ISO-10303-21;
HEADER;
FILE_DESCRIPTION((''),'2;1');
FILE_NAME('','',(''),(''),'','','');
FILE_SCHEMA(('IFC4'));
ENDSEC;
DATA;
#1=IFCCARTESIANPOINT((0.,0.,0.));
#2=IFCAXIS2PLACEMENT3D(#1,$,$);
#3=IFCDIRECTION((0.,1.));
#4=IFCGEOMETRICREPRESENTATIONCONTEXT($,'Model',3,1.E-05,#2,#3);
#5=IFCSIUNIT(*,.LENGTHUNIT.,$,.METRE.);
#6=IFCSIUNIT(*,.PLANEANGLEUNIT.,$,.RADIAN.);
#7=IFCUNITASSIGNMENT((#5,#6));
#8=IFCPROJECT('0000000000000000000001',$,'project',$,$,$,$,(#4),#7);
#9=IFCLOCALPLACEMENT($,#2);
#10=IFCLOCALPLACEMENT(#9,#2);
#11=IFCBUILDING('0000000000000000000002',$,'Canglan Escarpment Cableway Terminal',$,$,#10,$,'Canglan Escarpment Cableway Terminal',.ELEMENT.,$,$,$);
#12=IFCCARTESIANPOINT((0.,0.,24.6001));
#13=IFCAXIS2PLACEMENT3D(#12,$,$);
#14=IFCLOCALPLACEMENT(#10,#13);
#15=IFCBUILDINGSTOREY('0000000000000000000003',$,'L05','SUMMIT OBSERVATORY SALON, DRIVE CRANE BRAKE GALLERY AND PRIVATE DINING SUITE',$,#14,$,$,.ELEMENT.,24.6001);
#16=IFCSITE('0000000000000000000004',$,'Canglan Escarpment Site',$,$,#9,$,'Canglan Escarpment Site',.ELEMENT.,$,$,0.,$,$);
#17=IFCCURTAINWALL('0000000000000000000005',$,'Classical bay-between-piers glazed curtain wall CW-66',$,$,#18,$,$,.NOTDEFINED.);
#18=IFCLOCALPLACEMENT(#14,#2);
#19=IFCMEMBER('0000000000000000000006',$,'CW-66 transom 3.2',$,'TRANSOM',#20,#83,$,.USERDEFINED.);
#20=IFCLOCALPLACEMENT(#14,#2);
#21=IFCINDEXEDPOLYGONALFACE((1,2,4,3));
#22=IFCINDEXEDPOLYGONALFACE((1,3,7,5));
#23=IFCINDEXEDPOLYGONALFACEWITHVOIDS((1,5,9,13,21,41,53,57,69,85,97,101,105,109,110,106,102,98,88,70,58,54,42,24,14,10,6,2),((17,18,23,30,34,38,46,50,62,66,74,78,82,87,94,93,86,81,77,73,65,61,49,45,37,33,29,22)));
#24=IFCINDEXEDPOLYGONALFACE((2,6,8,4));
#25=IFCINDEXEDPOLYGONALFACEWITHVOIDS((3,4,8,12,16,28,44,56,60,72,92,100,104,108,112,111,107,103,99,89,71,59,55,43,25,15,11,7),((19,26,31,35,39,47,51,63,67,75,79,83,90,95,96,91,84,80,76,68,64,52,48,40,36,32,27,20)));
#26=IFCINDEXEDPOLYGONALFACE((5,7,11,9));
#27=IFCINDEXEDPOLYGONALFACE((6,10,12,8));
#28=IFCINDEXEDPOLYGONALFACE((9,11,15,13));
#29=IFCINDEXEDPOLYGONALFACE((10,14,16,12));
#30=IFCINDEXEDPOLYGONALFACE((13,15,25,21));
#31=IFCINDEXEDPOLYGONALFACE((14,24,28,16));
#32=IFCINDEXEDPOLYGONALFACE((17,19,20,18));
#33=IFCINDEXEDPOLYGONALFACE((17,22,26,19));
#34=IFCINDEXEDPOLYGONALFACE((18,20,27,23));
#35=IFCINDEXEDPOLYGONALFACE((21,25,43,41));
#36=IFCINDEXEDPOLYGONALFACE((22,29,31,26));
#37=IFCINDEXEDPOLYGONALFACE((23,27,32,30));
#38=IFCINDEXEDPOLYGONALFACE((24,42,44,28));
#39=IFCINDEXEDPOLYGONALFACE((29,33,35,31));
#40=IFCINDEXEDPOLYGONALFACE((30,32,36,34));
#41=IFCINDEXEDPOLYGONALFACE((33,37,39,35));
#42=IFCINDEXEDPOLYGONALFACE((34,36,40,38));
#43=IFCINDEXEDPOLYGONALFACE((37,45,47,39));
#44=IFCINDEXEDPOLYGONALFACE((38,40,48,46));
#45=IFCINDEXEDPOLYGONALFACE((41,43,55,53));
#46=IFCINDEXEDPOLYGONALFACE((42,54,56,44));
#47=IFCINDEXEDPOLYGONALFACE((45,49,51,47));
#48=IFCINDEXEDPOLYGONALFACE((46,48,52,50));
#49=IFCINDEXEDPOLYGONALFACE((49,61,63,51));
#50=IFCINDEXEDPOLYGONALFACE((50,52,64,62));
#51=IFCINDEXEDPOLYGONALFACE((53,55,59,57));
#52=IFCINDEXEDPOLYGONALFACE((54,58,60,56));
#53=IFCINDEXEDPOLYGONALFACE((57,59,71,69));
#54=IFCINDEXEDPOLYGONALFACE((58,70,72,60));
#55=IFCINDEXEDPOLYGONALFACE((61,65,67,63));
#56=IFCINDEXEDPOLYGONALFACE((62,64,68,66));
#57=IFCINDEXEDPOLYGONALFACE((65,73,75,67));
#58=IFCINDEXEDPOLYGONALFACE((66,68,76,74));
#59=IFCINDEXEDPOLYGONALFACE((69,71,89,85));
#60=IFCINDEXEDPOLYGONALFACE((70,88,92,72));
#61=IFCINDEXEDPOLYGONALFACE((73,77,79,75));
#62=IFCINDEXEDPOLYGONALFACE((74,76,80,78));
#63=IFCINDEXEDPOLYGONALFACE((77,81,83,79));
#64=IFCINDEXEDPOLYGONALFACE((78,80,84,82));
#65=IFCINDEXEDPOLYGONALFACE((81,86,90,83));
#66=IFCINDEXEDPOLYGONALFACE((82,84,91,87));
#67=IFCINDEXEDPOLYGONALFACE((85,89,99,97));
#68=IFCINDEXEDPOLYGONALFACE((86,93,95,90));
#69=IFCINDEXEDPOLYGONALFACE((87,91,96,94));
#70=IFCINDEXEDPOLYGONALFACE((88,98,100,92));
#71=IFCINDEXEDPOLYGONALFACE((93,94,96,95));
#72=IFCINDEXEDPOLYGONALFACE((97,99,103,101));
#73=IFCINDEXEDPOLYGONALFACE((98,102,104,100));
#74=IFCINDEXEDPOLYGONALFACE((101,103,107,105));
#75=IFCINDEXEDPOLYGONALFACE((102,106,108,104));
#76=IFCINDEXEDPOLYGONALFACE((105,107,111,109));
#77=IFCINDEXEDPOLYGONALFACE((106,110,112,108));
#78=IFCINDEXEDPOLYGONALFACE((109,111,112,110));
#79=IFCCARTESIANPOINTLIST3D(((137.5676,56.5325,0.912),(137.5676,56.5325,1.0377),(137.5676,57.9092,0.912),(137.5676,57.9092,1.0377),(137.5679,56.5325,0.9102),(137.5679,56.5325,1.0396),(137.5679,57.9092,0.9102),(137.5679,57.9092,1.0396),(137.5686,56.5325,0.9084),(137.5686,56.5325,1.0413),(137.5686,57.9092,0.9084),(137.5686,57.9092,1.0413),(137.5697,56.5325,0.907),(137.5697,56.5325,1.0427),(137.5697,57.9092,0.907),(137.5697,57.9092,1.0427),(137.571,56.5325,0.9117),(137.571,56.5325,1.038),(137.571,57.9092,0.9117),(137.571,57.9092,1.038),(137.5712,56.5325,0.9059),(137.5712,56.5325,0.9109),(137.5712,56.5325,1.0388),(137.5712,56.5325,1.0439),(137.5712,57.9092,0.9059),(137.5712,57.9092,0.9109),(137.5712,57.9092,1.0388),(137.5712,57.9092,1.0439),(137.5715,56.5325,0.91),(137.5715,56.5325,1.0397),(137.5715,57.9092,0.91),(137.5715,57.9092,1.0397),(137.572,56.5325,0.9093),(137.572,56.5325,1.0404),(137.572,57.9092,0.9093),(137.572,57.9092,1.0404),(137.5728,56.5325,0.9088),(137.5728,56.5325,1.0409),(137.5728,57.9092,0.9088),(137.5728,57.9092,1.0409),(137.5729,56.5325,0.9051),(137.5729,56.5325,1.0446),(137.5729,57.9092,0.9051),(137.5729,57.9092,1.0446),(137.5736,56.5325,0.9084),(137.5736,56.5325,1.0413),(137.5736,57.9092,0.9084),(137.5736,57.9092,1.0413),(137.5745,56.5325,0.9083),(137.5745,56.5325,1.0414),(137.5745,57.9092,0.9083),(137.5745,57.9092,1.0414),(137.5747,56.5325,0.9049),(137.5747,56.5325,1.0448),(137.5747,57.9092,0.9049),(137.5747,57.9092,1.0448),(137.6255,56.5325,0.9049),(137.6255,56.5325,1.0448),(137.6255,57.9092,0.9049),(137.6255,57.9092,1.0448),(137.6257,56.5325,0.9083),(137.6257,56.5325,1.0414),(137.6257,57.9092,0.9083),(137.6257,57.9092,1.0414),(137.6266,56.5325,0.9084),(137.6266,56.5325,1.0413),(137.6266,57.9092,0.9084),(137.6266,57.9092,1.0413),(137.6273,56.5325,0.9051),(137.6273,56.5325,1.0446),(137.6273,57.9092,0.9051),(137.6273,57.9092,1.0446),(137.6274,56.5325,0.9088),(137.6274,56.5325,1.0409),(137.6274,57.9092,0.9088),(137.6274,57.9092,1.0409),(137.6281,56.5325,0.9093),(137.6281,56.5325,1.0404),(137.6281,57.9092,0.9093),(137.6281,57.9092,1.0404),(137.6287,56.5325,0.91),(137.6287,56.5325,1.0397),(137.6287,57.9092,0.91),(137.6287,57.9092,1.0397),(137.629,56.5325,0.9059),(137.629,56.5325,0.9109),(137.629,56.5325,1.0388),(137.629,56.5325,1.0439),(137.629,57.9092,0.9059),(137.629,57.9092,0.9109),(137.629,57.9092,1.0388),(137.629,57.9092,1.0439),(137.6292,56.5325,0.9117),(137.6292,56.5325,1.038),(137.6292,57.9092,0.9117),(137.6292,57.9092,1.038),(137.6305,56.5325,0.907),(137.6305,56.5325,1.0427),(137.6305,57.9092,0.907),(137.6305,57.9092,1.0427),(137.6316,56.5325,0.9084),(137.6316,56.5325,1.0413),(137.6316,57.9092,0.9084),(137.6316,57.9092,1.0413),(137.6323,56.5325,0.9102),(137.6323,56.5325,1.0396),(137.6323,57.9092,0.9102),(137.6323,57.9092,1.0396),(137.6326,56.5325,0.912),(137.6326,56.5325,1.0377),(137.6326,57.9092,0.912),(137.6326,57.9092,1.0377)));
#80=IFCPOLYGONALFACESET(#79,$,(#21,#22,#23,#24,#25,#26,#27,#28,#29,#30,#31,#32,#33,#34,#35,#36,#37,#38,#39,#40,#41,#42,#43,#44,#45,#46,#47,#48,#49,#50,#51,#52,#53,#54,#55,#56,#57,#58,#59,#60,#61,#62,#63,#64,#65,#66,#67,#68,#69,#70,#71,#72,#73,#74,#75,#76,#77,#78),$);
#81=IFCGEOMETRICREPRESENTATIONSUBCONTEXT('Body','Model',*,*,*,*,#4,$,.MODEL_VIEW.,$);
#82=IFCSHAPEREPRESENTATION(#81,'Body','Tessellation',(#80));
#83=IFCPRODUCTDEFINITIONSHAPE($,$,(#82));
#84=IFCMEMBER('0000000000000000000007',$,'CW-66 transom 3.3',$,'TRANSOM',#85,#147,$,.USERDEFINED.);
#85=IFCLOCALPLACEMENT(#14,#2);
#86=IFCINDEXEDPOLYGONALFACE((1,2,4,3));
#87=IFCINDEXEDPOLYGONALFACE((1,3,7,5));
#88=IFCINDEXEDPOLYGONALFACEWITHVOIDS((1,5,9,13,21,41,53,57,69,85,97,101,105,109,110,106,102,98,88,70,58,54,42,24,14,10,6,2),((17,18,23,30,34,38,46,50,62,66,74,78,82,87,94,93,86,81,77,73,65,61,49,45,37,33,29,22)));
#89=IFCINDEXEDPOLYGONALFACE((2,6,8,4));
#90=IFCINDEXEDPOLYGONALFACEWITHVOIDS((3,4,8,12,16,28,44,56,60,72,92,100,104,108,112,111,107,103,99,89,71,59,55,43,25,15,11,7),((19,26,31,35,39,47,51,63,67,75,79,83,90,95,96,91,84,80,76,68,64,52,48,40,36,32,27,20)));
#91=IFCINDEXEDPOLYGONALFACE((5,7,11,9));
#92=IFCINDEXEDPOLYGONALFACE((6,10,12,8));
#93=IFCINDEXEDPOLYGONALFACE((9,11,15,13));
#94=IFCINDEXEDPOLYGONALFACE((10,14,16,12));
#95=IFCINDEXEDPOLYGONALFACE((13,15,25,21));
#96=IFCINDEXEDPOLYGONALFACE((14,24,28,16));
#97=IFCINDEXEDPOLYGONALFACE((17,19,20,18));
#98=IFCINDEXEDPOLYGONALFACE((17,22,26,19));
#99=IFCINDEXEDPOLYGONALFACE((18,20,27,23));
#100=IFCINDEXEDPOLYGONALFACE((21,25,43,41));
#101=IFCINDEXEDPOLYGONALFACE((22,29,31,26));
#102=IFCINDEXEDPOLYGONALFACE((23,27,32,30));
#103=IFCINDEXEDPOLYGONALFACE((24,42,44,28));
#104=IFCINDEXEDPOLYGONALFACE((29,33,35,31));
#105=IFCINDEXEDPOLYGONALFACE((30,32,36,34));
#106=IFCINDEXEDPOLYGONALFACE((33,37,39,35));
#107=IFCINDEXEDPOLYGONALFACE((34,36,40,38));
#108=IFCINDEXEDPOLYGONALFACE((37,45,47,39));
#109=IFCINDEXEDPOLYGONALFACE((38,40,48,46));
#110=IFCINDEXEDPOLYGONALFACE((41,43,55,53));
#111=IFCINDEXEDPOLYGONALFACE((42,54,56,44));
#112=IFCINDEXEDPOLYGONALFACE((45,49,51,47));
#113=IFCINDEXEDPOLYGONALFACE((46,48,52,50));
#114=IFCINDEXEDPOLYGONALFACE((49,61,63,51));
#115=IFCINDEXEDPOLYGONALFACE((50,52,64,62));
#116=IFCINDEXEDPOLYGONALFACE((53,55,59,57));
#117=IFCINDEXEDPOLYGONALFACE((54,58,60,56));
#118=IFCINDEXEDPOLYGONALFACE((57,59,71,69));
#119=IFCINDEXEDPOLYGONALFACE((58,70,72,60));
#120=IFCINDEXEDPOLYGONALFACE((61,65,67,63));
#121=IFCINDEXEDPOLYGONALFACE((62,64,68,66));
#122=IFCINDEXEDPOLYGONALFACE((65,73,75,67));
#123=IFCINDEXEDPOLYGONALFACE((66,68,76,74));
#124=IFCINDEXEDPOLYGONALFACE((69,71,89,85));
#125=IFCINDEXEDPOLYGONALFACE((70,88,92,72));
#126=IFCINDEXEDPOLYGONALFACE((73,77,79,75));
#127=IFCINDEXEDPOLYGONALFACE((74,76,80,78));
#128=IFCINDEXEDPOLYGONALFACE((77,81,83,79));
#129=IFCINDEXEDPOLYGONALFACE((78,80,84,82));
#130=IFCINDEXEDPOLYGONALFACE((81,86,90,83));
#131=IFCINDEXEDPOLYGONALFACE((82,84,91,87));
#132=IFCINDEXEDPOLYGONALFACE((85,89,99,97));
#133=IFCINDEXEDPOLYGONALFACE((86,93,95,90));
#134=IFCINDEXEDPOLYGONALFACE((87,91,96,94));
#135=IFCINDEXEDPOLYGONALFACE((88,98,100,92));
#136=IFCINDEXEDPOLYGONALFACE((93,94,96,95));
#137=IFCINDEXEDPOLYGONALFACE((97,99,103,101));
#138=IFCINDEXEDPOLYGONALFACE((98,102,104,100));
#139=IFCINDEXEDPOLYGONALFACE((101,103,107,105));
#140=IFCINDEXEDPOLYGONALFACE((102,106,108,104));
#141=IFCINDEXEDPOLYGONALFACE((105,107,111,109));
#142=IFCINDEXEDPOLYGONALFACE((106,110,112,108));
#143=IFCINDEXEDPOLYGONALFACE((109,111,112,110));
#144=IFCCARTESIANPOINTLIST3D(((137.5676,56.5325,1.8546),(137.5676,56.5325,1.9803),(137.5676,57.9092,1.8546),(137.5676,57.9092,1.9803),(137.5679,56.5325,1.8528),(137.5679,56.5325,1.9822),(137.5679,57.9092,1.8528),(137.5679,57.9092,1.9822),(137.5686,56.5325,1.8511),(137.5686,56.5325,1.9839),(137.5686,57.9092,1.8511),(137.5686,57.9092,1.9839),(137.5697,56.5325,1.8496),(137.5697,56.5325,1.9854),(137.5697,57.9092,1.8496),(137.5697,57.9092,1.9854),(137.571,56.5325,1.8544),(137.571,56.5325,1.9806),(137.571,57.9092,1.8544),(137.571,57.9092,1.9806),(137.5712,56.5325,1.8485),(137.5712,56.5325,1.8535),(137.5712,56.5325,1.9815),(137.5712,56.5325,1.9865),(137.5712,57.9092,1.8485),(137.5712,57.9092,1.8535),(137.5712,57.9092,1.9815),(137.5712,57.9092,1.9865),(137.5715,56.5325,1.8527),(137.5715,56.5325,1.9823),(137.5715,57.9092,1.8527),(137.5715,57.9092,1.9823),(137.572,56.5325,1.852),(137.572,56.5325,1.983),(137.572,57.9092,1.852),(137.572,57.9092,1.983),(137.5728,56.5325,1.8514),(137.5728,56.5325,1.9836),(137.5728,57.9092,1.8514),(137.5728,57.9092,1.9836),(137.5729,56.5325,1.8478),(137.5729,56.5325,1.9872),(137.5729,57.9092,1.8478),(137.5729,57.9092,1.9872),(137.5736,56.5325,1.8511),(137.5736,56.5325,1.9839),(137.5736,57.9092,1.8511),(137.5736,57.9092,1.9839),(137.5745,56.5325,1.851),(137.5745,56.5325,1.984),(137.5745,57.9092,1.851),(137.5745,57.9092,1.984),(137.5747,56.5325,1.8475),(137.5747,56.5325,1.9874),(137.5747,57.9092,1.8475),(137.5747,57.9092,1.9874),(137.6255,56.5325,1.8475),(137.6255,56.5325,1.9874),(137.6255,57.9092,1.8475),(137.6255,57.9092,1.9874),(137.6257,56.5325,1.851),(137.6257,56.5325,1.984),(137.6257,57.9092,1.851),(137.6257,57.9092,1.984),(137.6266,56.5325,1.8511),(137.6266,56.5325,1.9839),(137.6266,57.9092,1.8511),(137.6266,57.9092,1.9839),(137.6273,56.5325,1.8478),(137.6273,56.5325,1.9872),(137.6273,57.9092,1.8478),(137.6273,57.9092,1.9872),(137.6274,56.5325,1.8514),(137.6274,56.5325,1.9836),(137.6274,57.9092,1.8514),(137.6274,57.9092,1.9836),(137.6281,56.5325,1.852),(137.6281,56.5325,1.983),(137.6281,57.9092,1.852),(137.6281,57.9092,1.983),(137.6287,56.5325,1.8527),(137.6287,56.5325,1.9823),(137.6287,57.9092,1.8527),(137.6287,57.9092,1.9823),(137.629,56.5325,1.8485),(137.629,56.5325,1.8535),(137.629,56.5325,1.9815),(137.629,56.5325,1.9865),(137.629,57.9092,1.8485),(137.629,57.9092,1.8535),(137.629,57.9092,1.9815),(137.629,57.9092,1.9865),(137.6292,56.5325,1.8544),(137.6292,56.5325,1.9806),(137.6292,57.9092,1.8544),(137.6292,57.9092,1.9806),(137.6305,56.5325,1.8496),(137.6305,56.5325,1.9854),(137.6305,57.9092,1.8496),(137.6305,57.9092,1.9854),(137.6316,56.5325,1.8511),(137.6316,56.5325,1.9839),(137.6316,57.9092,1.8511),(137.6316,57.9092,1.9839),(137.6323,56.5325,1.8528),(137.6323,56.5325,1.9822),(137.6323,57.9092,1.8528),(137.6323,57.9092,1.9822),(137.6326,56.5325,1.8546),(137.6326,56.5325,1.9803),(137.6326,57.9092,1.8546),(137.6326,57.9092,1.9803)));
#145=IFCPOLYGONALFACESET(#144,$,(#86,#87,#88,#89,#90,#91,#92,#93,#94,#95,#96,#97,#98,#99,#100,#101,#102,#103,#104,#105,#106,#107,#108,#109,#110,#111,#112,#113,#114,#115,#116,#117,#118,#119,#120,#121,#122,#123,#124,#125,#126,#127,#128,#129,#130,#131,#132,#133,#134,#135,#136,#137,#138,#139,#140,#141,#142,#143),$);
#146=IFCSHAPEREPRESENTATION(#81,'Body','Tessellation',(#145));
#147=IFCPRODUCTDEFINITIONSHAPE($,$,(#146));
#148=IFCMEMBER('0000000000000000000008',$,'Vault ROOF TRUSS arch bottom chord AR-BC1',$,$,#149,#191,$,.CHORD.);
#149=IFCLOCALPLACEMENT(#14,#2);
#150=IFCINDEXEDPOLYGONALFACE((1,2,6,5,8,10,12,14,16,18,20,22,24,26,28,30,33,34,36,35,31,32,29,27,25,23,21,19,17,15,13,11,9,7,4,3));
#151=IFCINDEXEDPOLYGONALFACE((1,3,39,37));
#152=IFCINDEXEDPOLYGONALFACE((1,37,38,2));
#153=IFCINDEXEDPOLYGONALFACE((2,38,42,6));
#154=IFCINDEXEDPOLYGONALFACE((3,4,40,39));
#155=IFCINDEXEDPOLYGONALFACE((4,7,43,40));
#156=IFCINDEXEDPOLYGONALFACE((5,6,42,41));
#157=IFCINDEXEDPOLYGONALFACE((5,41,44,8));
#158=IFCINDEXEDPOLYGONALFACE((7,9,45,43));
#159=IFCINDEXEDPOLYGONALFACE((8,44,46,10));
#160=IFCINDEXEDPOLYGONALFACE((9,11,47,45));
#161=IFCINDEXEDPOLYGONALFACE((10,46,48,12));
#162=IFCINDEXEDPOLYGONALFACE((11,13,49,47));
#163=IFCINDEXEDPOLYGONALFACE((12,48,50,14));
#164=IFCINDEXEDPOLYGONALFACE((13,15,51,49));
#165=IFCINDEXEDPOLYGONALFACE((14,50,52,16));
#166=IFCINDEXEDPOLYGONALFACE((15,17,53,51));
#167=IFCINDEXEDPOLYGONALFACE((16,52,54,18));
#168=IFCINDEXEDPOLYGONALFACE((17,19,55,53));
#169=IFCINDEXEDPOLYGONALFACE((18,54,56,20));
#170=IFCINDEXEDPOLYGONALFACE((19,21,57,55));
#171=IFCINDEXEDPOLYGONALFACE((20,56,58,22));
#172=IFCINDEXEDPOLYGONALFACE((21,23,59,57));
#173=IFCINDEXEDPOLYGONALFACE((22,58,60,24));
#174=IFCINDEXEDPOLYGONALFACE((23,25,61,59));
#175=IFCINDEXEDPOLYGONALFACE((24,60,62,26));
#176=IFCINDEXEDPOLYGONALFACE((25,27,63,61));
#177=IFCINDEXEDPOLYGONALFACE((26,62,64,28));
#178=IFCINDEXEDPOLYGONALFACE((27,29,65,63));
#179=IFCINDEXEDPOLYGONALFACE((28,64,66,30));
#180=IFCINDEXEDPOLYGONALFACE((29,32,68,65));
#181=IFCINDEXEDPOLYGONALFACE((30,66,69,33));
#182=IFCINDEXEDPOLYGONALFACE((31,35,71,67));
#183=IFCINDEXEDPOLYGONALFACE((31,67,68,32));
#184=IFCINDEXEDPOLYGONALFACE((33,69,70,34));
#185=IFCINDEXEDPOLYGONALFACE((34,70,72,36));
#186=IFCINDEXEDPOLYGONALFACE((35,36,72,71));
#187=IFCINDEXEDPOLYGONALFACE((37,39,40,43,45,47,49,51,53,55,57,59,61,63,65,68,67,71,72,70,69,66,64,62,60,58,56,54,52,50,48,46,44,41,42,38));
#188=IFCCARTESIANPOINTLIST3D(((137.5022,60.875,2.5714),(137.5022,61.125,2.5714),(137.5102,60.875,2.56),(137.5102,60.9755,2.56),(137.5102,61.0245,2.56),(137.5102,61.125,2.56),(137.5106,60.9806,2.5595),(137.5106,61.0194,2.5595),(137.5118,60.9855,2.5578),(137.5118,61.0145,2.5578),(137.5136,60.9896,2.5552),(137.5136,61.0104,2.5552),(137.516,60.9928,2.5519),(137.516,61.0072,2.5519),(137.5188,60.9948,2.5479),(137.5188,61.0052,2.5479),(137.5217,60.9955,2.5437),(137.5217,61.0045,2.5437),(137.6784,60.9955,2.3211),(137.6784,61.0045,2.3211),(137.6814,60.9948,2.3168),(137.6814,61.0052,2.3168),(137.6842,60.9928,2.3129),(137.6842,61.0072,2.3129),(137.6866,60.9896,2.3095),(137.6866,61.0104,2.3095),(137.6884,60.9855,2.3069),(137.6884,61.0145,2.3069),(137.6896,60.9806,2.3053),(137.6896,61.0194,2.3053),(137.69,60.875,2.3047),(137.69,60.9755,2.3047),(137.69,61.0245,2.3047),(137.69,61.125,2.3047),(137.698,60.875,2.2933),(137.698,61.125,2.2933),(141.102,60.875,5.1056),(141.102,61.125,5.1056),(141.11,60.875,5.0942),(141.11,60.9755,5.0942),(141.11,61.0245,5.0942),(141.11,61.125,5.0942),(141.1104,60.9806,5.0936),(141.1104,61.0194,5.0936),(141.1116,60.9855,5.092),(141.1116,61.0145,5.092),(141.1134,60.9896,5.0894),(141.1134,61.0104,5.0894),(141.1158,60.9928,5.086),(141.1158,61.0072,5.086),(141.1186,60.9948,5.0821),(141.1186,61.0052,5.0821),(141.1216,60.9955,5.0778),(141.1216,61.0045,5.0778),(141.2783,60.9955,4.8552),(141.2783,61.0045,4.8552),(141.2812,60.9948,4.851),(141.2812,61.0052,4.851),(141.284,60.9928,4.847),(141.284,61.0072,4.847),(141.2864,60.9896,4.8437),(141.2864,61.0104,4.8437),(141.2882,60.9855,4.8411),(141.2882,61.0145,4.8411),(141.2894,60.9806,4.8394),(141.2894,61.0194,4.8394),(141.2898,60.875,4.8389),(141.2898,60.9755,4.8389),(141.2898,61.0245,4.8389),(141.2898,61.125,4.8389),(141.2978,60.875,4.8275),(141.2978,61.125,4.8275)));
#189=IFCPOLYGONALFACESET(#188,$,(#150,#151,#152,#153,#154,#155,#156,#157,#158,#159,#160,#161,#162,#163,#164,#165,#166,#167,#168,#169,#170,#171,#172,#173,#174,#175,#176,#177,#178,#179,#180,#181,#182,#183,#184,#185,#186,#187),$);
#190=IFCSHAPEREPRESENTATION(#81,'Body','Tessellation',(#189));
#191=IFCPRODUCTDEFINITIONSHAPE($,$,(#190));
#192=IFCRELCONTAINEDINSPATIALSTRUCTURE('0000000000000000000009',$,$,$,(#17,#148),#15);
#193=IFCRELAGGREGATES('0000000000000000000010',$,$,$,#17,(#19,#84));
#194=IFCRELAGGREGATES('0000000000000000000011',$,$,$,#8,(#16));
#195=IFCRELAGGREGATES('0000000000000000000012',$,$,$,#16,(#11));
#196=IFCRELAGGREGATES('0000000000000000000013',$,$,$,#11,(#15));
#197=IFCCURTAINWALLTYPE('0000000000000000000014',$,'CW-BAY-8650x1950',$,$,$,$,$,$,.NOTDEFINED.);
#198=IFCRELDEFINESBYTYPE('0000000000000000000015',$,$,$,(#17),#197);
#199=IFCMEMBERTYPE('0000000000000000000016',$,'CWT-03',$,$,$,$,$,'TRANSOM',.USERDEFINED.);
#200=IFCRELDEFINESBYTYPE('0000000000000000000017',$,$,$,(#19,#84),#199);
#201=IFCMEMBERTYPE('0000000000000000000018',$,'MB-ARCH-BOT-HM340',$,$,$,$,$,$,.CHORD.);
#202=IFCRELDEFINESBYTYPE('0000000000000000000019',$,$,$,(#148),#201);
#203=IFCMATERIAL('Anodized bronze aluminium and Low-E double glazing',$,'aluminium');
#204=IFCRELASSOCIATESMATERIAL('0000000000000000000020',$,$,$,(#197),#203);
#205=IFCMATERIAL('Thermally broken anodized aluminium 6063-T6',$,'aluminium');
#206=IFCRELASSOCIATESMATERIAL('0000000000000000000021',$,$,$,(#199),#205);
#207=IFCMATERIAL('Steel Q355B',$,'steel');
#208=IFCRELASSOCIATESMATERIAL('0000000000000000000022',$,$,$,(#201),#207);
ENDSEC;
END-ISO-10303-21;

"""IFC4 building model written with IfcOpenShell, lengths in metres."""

from ifc_helpers import new_model, si_unit, direction, frame, origin, origin_2d, place, context, subcontext, project, spatial, hollow_rectangle, i_section, extrude, material, material_profile, profile_set, type_object, element, aggregate, save


model = new_model("IFC4")

# Units and contexts
model_context = context("Model", 3, precision=1e-05, world=origin(), true_north=direction((0.0, 1.0)))
body_context = subcontext(model_context, "Body", "Model", "MODEL_VIEW")
ifc_project = project(units=[si_unit("LENGTHUNIT", "METRE"), si_unit("PLANEANGLEUNIT", "RADIAN")], contexts=[model_context])

# Site, building, storey
site_placement = place(None, origin())
site = spatial("IfcSite", under=ifc_project, at=site_placement, Name="Canglan Escarpment Site", LongName="Canglan Escarpment Site", CompositionType="ELEMENT", RefElevation=0.0)
building_placement = place(site_placement, origin())
building = spatial("IfcBuilding", under=site, at=building_placement, Name="Canglan Escarpment Cableway Terminal", LongName="Canglan Escarpment Cableway Terminal", CompositionType="ELEMENT")
storey_placement = place(building_placement, frame((0.0, 0.0, 24.6001)))
storey = spatial("IfcBuildingStorey", under=building, at=storey_placement, Name="L05", Description="SUMMIT OBSERVATORY SALON, DRIVE CRANE BRAKE GALLERY AND PRIVATE DINING SUITE", CompositionType="ELEMENT", Elevation=24.6001)

# Shared definitions
ifc_material_1 = material(Name="Steel Q355B", Category="steel")

# Curtain wall, members
ifc_material_2 = material(Name="Anodized bronze aluminium and Low-E double glazing", Category="aluminium")
curtain_wall_type = type_object("IfcCurtainWallType", Name="CW-BAY-8650x1950", PredefinedType="NOTDEFINED", material=ifc_material_2)
curtain_wall_placement = place(storey_placement, origin())
curtain_wall = element("IfcCurtainWall", 1, at=curtain_wall_placement, inside=storey, type_object=curtain_wall_type, Name="Classical bay-between-piers glazed curtain wall CW-66", PredefinedType="NOTDEFINED")
ifc_material_3 = material(Name="Thermally broken anodized aluminium 6063-T6", Category="aluminium")
ifc_material_profile_1 = material_profile(ifc_material_3, hollow_rectangle(XDim=0.0649, YDim=0.1399, WallThickness=0.0034, InnerFilletRadius=0.0034, OuterFilletRadius=0.0071, at=origin_2d()), Name="ALU-TRAN 65x140x3.5")
ifc_profile_set_1 = profile_set([ifc_material_profile_1], Name="Thermally broken anodized aluminium 6063-T6")
member_type_1 = type_object("IfcMemberType", Name="CWT-03", ElementType="TRANSOM", PredefinedType="USERDEFINED", material=ifc_profile_set_1)
member_1_placement = place(storey_placement, frame((137.6001, 57.9092, 0.9749), z_axis=(0.0, -1.0, 0.0), x_axis=(1.0, 0.0, 0.0)))
member_1 = element("IfcMember", 2, at=member_1_placement, type_object=member_type_1, Name="CW-66 transom 3.2", ObjectType="TRANSOM", PredefinedType="USERDEFINED", context=body_context, shape_type="SweptSolid", body=[
    extrude(hollow_rectangle(XDim=0.0649, YDim=0.1399, WallThickness=0.0034, InnerFilletRadius=0.0034, OuterFilletRadius=0.0071, at=origin_2d()), origin(), (0.0, 0.0, 1.0), 1.3767),
])
member_2_placement = place(storey_placement, frame((137.6001, 57.9092, 1.9175), z_axis=(0.0, -1.0, 0.0), x_axis=(1.0, 0.0, 0.0)))
member_2 = element("IfcMember", 3, at=member_2_placement, type_object=member_type_1, Name="CW-66 transom 3.3", ObjectType="TRANSOM", PredefinedType="USERDEFINED", context=body_context, shape_type="SweptSolid", body=[
    extrude(hollow_rectangle(XDim=0.0649, YDim=0.1399, WallThickness=0.0034, InnerFilletRadius=0.0034, OuterFilletRadius=0.0071, at=origin_2d()), origin(), (0.0, 0.0, 1.0), 1.3767),
])

# Member
ifc_material_profile_2 = material_profile(ifc_material_1, i_section(OverallWidth=0.25, OverallDepth=0.3401, WebThickness=0.009, FlangeThickness=0.0139, FilletRadius=0.02, at=origin_2d()), Name="HM 340x250x9x14")
ifc_profile_set_2 = profile_set([ifc_material_profile_2], Name="Steel Q355B")
member_type_2 = type_object("IfcMemberType", Name="MB-ARCH-BOT-HM340", PredefinedType="CHORD", material=ifc_profile_set_2)
for number, where, z_axis, x_axis, name in (
    (4, (137.6001, 61.0, 2.4324), (0.817705, 0.0, 0.575638), (0.0, 1.0, 0.0), "Vault ROOF TRUSS arch bottom chord AR-BC1"),
):
    element("IfcMember", number, at=place(storey_placement, frame(where, z_axis=z_axis, x_axis=x_axis)), inside=storey, type_object=member_type_2, Name=name, PredefinedType="CHORD", context=body_context, shape_type="SweptSolid", body=[
        extrude(i_section(OverallWidth=0.25, OverallDepth=0.3401, WebThickness=0.009, FlangeThickness=0.0139, FilletRadius=0.02, at=origin_2d()), origin(), (0.0, 0.0, 1.0), 4.4023),
    ])

aggregate(curtain_wall, [member_1, member_2])

save(model, "model.ifc")
